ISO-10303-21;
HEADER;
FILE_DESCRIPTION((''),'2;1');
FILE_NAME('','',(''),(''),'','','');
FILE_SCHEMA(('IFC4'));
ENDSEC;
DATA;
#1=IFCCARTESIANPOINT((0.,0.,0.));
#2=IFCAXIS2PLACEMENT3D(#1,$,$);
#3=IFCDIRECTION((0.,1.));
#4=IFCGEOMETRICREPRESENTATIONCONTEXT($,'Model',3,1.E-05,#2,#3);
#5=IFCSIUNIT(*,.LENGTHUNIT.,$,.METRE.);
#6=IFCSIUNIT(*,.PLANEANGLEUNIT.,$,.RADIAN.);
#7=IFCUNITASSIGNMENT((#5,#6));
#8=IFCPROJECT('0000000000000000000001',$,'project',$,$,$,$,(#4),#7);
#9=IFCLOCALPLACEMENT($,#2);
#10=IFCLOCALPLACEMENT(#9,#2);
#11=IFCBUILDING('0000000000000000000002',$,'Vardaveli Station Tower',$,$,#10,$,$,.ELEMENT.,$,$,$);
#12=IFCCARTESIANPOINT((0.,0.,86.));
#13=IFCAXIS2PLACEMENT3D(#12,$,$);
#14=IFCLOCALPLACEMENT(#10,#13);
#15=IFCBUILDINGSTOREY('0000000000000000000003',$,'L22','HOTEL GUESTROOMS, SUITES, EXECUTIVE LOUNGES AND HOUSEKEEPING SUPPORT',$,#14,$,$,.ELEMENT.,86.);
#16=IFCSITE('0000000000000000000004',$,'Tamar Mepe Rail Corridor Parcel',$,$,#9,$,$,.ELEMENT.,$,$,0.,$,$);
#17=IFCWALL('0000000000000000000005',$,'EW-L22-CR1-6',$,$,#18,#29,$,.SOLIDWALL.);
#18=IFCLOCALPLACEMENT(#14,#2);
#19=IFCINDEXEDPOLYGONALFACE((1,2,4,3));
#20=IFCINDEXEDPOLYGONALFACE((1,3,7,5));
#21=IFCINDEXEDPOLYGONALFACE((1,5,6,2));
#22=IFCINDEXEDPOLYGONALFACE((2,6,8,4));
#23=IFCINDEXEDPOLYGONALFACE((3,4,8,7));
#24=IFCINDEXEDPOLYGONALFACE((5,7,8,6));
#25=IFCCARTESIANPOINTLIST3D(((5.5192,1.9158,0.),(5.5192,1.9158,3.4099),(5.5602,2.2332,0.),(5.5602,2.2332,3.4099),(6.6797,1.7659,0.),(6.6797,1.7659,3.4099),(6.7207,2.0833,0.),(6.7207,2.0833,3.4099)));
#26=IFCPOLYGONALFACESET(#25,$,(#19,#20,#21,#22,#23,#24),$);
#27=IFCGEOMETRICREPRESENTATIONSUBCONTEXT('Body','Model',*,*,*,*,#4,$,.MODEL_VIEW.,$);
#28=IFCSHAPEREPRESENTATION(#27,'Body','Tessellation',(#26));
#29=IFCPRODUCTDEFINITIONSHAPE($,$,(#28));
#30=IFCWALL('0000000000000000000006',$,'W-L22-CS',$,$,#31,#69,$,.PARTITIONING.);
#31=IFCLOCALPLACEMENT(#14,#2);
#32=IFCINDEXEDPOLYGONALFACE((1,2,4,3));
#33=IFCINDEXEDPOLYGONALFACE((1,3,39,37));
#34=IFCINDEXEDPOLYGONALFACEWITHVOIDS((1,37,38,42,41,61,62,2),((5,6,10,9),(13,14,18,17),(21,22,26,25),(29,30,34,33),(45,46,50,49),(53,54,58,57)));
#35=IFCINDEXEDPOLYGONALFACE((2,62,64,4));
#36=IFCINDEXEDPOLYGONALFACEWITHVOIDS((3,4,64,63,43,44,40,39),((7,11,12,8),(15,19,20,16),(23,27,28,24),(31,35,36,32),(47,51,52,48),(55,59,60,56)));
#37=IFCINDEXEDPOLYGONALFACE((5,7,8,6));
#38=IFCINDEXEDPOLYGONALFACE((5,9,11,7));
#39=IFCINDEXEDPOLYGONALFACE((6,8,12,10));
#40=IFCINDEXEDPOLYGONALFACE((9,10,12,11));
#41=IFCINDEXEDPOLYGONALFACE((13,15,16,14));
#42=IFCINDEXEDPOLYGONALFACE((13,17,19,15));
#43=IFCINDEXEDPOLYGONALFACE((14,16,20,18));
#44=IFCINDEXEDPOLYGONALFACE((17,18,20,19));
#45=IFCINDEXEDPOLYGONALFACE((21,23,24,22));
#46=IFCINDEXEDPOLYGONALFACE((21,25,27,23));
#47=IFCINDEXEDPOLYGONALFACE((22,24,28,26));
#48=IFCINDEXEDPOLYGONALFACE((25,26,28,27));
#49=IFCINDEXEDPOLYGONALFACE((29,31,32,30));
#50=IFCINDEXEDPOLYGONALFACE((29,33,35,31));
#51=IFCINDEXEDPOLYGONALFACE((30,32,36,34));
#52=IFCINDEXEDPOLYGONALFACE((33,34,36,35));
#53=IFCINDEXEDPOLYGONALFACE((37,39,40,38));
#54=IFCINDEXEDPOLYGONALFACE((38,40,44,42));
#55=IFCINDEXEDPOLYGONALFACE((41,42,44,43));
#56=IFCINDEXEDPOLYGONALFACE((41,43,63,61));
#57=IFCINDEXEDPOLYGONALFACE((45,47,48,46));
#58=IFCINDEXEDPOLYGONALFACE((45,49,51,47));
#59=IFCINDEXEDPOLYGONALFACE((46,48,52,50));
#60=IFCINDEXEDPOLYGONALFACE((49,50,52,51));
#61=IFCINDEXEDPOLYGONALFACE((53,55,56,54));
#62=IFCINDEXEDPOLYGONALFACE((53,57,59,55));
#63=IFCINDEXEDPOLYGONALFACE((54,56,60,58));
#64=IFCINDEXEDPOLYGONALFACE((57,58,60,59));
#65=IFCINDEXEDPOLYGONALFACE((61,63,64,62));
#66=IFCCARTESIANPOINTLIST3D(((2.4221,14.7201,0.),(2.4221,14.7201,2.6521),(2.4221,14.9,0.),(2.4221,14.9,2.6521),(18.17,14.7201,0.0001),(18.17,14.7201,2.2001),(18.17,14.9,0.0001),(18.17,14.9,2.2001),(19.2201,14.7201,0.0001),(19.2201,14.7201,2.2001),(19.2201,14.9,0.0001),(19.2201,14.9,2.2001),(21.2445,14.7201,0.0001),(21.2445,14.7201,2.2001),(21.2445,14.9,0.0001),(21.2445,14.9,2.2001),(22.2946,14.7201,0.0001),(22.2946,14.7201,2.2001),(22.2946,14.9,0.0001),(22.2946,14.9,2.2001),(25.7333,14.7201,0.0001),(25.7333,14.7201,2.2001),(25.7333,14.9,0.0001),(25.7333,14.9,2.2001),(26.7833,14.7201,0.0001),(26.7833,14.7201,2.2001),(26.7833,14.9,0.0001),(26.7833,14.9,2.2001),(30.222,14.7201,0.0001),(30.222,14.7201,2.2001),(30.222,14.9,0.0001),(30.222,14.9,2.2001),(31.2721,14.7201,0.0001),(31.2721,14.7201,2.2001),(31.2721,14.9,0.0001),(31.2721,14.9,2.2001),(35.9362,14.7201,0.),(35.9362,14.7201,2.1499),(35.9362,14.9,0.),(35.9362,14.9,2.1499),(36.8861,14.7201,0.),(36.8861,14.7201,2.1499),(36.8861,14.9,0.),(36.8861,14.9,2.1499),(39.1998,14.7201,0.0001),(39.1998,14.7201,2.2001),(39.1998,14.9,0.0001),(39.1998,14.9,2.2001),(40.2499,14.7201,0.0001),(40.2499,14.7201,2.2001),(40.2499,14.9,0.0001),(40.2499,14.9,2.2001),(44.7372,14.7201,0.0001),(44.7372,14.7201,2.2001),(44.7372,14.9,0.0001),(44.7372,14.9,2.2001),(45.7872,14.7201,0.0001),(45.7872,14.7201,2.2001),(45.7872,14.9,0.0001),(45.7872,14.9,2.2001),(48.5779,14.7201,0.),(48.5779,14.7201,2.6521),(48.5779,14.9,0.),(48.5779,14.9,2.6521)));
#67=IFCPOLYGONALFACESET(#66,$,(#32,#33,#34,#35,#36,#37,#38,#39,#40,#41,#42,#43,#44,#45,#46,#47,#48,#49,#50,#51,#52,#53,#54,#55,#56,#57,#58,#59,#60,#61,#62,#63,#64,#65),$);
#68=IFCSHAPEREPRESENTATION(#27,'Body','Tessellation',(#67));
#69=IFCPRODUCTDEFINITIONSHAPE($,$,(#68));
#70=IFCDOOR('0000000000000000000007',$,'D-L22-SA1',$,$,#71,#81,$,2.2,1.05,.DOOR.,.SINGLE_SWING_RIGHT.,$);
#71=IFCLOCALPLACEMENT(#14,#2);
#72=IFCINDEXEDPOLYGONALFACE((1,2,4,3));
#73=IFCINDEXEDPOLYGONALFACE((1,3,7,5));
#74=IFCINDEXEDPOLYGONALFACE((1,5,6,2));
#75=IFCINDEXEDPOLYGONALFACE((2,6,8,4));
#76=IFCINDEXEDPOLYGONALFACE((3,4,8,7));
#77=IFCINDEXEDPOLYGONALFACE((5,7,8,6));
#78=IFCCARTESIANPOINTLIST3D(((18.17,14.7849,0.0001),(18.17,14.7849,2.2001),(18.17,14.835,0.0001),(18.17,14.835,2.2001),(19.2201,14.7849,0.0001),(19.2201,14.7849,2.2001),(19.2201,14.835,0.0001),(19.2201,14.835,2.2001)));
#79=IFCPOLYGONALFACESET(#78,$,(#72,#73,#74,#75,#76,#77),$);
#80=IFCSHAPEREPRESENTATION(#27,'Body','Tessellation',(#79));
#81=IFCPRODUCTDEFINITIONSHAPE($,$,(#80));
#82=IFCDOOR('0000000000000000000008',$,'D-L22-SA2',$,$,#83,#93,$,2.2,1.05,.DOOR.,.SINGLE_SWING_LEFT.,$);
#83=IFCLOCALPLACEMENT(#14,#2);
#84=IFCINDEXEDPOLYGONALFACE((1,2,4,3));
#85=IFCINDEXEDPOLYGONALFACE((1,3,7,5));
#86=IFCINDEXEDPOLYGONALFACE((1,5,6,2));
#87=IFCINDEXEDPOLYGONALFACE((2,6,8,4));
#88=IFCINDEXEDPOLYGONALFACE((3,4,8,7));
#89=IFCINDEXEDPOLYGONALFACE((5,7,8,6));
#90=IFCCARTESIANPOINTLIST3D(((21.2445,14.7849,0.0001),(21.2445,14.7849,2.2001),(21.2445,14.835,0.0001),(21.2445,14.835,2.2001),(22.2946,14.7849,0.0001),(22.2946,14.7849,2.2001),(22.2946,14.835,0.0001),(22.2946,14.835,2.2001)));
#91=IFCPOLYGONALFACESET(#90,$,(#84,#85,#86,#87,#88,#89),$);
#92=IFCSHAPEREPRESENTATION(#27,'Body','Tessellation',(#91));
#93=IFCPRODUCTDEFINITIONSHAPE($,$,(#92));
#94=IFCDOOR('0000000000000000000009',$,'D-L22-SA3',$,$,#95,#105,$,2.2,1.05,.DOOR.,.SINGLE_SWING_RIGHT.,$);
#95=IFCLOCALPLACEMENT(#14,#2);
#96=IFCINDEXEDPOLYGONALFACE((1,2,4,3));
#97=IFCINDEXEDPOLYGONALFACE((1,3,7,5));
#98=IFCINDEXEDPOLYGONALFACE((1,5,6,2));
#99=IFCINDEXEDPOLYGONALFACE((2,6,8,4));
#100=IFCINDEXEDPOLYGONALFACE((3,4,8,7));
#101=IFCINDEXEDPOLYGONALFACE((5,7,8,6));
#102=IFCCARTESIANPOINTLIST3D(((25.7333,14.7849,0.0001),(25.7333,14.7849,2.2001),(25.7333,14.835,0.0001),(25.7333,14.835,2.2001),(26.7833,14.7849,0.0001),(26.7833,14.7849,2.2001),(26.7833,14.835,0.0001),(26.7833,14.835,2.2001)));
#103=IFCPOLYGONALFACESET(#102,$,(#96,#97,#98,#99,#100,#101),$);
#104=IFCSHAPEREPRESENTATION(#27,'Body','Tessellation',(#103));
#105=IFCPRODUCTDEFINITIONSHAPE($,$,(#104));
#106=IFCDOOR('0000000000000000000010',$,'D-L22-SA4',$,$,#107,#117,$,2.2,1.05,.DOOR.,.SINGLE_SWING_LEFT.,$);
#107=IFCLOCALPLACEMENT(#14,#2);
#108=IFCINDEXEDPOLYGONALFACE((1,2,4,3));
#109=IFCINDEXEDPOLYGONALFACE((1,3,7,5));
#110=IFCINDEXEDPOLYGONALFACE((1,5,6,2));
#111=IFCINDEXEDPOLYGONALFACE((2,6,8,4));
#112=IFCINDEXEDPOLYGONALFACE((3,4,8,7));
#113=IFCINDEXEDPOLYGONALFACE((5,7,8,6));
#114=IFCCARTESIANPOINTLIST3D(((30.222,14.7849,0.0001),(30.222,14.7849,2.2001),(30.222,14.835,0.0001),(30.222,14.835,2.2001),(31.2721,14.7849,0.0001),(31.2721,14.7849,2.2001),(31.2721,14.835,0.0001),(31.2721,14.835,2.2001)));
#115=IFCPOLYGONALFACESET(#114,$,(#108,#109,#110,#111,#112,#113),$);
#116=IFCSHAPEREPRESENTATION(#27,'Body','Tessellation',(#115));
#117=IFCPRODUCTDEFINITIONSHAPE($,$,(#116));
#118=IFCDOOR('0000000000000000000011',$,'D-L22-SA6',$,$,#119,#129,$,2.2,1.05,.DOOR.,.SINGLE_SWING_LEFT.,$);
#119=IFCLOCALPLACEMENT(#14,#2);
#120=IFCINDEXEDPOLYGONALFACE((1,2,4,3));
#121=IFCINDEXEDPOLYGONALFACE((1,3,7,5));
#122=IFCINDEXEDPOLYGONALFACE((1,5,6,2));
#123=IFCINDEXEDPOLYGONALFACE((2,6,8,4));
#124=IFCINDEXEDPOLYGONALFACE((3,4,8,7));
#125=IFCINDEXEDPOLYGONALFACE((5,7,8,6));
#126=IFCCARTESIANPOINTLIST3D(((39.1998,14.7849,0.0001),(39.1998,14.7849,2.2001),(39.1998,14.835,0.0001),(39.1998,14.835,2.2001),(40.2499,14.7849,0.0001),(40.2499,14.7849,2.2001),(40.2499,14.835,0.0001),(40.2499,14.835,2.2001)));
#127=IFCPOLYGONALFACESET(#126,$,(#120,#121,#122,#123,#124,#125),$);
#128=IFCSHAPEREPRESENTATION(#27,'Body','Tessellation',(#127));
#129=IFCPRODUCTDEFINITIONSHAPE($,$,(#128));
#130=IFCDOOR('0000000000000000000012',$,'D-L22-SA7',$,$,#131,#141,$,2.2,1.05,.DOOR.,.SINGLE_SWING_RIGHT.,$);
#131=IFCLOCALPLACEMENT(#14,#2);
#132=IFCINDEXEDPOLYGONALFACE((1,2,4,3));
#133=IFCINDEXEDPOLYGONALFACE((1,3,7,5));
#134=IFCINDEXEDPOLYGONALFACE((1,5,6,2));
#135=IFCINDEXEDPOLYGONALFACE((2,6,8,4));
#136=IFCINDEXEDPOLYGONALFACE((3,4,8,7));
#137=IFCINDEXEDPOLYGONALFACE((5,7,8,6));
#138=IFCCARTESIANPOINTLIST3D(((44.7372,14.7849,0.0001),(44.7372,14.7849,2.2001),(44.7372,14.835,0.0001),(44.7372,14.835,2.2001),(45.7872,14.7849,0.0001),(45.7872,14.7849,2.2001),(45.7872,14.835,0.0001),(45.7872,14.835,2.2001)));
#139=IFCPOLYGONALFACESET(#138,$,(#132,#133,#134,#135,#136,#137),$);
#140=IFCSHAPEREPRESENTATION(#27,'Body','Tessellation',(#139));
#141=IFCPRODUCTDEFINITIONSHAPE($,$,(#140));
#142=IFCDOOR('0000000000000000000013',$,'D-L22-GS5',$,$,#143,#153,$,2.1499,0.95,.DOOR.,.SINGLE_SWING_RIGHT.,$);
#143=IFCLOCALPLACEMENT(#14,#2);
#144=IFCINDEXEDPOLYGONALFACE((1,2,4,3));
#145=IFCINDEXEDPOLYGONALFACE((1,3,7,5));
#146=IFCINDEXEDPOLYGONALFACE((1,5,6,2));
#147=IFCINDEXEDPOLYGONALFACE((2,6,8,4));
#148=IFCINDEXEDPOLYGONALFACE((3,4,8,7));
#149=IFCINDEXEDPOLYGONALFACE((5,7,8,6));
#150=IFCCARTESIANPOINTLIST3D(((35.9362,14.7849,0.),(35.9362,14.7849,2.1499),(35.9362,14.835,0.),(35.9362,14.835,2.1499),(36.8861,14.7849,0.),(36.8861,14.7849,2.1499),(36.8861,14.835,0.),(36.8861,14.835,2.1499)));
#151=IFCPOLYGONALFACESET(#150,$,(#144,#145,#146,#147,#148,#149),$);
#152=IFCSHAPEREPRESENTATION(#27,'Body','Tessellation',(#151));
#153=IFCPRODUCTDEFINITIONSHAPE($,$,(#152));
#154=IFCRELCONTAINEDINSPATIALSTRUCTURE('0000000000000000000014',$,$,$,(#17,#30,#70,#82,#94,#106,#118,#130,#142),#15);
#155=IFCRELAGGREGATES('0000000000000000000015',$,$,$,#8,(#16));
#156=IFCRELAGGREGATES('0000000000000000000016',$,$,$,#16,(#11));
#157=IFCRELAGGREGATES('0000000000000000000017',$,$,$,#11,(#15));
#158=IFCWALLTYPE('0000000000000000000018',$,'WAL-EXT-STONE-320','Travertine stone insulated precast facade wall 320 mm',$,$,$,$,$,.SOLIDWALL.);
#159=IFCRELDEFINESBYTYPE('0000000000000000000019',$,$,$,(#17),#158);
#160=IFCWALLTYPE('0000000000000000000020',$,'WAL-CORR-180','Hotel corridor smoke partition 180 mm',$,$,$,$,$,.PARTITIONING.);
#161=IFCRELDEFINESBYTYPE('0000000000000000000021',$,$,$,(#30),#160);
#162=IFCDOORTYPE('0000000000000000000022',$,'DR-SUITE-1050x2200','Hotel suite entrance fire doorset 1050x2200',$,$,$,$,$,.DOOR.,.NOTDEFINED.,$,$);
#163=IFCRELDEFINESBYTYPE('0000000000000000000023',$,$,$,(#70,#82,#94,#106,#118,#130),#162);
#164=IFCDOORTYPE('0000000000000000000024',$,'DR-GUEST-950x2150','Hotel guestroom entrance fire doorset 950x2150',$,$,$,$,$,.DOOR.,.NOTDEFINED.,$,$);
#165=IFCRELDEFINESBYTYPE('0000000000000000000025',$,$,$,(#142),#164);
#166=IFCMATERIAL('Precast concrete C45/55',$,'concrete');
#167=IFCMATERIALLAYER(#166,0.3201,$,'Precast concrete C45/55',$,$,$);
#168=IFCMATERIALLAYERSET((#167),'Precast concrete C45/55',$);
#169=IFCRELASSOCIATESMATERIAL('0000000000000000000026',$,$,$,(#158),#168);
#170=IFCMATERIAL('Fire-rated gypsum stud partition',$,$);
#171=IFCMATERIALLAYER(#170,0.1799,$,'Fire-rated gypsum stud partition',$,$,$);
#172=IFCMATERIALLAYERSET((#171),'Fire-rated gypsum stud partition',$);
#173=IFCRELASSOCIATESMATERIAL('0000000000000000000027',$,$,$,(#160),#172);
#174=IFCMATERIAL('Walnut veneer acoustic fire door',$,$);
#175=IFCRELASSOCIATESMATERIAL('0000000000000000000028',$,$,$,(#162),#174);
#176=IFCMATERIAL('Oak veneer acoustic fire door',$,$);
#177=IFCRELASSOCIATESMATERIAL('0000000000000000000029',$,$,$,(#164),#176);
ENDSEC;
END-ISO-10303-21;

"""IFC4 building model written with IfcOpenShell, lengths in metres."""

from ifc_helpers import new_model, si_unit, direction, frame, frame_2d, origin, place, context, subcontext, project, spatial, rectangle, extrude, source, transform, mapped, material, layer, layer_set, type_object, element, fill, save


model = new_model("IFC4")

# Units and contexts
model_context = context("Model", 3, precision=1e-05, world=origin(), true_north=direction((0.0, 1.0)))
body_context = subcontext(model_context, "Body", "Model", "MODEL_VIEW")
ifc_project = project(units=[si_unit("LENGTHUNIT", "METRE"), si_unit("PLANEANGLEUNIT", "RADIAN")], contexts=[model_context])

# Site, building, storey
site_placement = place(None, origin())
site = spatial("IfcSite", under=ifc_project, at=site_placement, Name="Tamar Mepe Rail Corridor Parcel", CompositionType="ELEMENT", RefElevation=0.0)
building_placement = place(site_placement, origin())
building = spatial("IfcBuilding", under=site, at=building_placement, Name="Vardaveli Station Tower", CompositionType="ELEMENT")
storey_placement = place(building_placement, frame((0.0, 0.0, 86.0)))
storey = spatial("IfcBuildingStorey", under=building, at=storey_placement, Name="L22", Description="HOTEL GUESTROOMS, SUITES, EXECUTIVE LOUNGES AND HOUSEKEEPING SUPPORT", CompositionType="ELEMENT", Elevation=86.0)

# Shared definitions
ifc_material_1 = material(Name="Precast concrete C45/55", Category="concrete")

# Shared definitions
ifc_layer_1 = layer(ifc_material_1, 0.3201, Name="Precast concrete C45/55")
ifc_layer_set_1 = layer_set([ifc_layer_1], Name="Precast concrete C45/55")
wall_type_1 = type_object("IfcWallType", Name="WAL-EXT-STONE-320", Description="Travertine stone insulated precast facade wall 320 mm", PredefinedType="SOLIDWALL", material=ifc_layer_set_1)

# Wall
shared_shape_1 = source(origin(), body_context, "Body", "SweptSolid", [
    extrude(rectangle(XDim=1.1702, YDim=0.3201, at=frame_2d((0.585, 0.0))), origin(), (0.0, 0.0, 1.0), 3.4099),
])
wall_1_placement = place(storey_placement, frame((5.5398, 2.0745, 0.0), z_axis=(0.0, 0.0, 1.0), x_axis=(0.991762, -0.12809, 0.0)))
element("IfcWall", 1, at=wall_1_placement, inside=storey, type_object=wall_type_1, Name="EW-L22-CR1-6", PredefinedType="SOLIDWALL", context=body_context, shape_type="MappedRepresentation", body=[
    mapped(shared_shape_1, transform((0.0, 0.0, 0.0), scale=1.0)),
])

# Wall, openings, doors
ifc_material_2 = material(Name="Fire-rated gypsum stud partition")
ifc_layer_2 = layer(ifc_material_2, 0.1799, Name="Fire-rated gypsum stud partition")
ifc_layer_set_2 = layer_set([ifc_layer_2], Name="Fire-rated gypsum stud partition")
wall_type_2 = type_object("IfcWallType", Name="WAL-CORR-180", Description="Hotel corridor smoke partition 180 mm", PredefinedType="PARTITIONING", material=ifc_layer_set_2)
shared_shape_2 = source(origin(), body_context, "Body", "SweptSolid", [
    extrude(rectangle(XDim=46.1558, YDim=0.1799, at=frame_2d((23.0779, 0.0))), origin(), (0.0, 0.0, 1.0), 2.6521),
])
wall_2_placement = place(storey_placement, frame((2.4221, 14.8101, 0.0), z_axis=(0.0, 0.0, 1.0), x_axis=(1.0, 0.0, 0.0)))
wall_2 = element("IfcWall", 2, at=wall_2_placement, inside=storey, type_object=wall_type_2, Name="W-L22-CS", PredefinedType="PARTITIONING", context=body_context, shape_type="MappedRepresentation", body=[
    mapped(shared_shape_2, transform((0.0, 0.0, 0.0), scale=1.0)),
])
shared_shape_3 = source(origin(), body_context, "Body", "SweptSolid", [
    extrude(rectangle(XDim=1.05, YDim=2.2, at=frame_2d((0.5249, 1.1001))), frame((0.0, 0.1001, 0.0), z_axis=(0.0, -1.0, 0.0), x_axis=(1.0, 0.0, 0.0)), (0.0, 0.0, 1.0), 0.2),
])
opening_1_placement = place(wall_2_placement, frame((15.748, 0.0, 0.0)))
opening_1 = element("IfcOpeningElement", 3, at=opening_1_placement, cuts=wall_2, PredefinedType="OPENING", context=body_context, shape_type="MappedRepresentation", body=[
    mapped(shared_shape_3, transform((0.0, 0.0, 0.0), scale=1.0)),
])
opening_2_placement = place(wall_2_placement, frame((18.8225, 0.0, 0.0)))
opening_2 = element("IfcOpeningElement", 4, at=opening_2_placement, cuts=wall_2, PredefinedType="OPENING", context=body_context, shape_type="MappedRepresentation", body=[
    mapped(shared_shape_3, transform((0.0, 0.0, 0.0), scale=1.0)),
])
opening_3_placement = place(wall_2_placement, frame((23.3113, 0.0, 0.0)))
opening_3 = element("IfcOpeningElement", 5, at=opening_3_placement, cuts=wall_2, PredefinedType="OPENING", context=body_context, shape_type="MappedRepresentation", body=[
    mapped(shared_shape_3, transform((0.0, 0.0, 0.0), scale=1.0)),
])
opening_4_placement = place(wall_2_placement, frame((27.8, 0.0, 0.0)))
opening_4 = element("IfcOpeningElement", 6, at=opening_4_placement, cuts=wall_2, PredefinedType="OPENING", context=body_context, shape_type="MappedRepresentation", body=[
    mapped(shared_shape_3, transform((0.0, 0.0, 0.0), scale=1.0)),
])
shared_shape_4 = source(origin(), body_context, "Body", "SweptSolid", [
    extrude(rectangle(XDim=0.95, YDim=2.1499, at=frame_2d((0.4751, 1.075))), frame((0.0, 0.1001, 0.0), z_axis=(0.0, -1.0, 0.0), x_axis=(1.0, 0.0, 0.0)), (0.0, 0.0, 1.0), 0.2),
])
opening_5_placement = place(wall_2_placement, frame((33.5139, 0.0, 0.0)))
opening_5 = element("IfcOpeningElement", 7, at=opening_5_placement, cuts=wall_2, PredefinedType="OPENING", context=body_context, shape_type="MappedRepresentation", body=[
    mapped(shared_shape_4, transform((0.0, 0.0, 0.0), scale=1.0)),
])
opening_6_placement = place(wall_2_placement, frame((36.7778, 0.0, 0.0)))
opening_6 = element("IfcOpeningElement", 8, at=opening_6_placement, cuts=wall_2, PredefinedType="OPENING", context=body_context, shape_type="MappedRepresentation", body=[
    mapped(shared_shape_3, transform((0.0, 0.0, 0.0), scale=1.0)),
])
opening_7_placement = place(wall_2_placement, frame((42.3152, 0.0, 0.0)))
opening_7 = element("IfcOpeningElement", 9, at=opening_7_placement, cuts=wall_2, PredefinedType="OPENING", context=body_context, shape_type="MappedRepresentation", body=[
    mapped(shared_shape_3, transform((0.0, 0.0, 0.0), scale=1.0)),
])
ifc_material_3 = material(Name="Walnut veneer acoustic fire door")
door_type_1 = type_object("IfcDoorType", Name="DR-SUITE-1050x2200", Description="Hotel suite entrance fire doorset 1050x2200", OperationType="NOTDEFINED", PredefinedType="DOOR", material=ifc_material_3)
shared_shape_5 = source(origin(), body_context, "Body", "SweptSolid", [
    extrude(rectangle(XDim=1.05, YDim=2.2, at=frame_2d((0.5249, 1.1001))), frame((0.0, 0.0249, 0.0), z_axis=(0.0, -1.0, 0.0), x_axis=(1.0, 0.0, 0.0)), (0.0, 0.0, 1.0), 0.05),
])
door_1_placement = place(opening_1_placement, origin())
door_1 = element("IfcDoor", 10, at=door_1_placement, inside=storey, type_object=door_type_1, Name="D-L22-SA1", OperationType="SINGLE_SWING_RIGHT", OverallHeight=2.2, OverallWidth=1.05, PredefinedType="DOOR", context=body_context, shape_type="MappedRepresentation", body=[
    mapped(shared_shape_5, transform((0.0, 0.0, 0.0), scale=1.0)),
])
fill(opening_1, door_1)
door_2_placement = place(opening_2_placement, origin())
door_2 = element("IfcDoor", 11, at=door_2_placement, inside=storey, type_object=door_type_1, Name="D-L22-SA2", OperationType="SINGLE_SWING_LEFT", OverallHeight=2.2, OverallWidth=1.05, PredefinedType="DOOR", context=body_context, shape_type="MappedRepresentation", body=[
    mapped(shared_shape_5, transform((0.0, 0.0, 0.0), scale=1.0)),
])
fill(opening_2, door_2)
door_3_placement = place(opening_3_placement, origin())
door_3 = element("IfcDoor", 12, at=door_3_placement, inside=storey, type_object=door_type_1, Name="D-L22-SA3", OperationType="SINGLE_SWING_RIGHT", OverallHeight=2.2, OverallWidth=1.05, PredefinedType="DOOR", context=body_context, shape_type="MappedRepresentation", body=[
    mapped(shared_shape_5, transform((0.0, 0.0, 0.0), scale=1.0)),
])
fill(opening_3, door_3)
door_4_placement = place(opening_4_placement, origin())
door_4 = element("IfcDoor", 13, at=door_4_placement, inside=storey, type_object=door_type_1, Name="D-L22-SA4", OperationType="SINGLE_SWING_LEFT", OverallHeight=2.2, OverallWidth=1.05, PredefinedType="DOOR", context=body_context, shape_type="MappedRepresentation", body=[
    mapped(shared_shape_5, transform((0.0, 0.0, 0.0), scale=1.0)),
])
fill(opening_4, door_4)
door_5_placement = place(opening_6_placement, origin())
door_5 = element("IfcDoor", 14, at=door_5_placement, inside=storey, type_object=door_type_1, Name="D-L22-SA6", OperationType="SINGLE_SWING_LEFT", OverallHeight=2.2, OverallWidth=1.05, PredefinedType="DOOR", context=body_context, shape_type="MappedRepresentation", body=[
    mapped(shared_shape_5, transform((0.0, 0.0, 0.0), scale=1.0)),
])
fill(opening_6, door_5)
door_6_placement = place(opening_7_placement, origin())
door_6 = element("IfcDoor", 15, at=door_6_placement, inside=storey, type_object=door_type_1, Name="D-L22-SA7", OperationType="SINGLE_SWING_RIGHT", OverallHeight=2.2, OverallWidth=1.05, PredefinedType="DOOR", context=body_context, shape_type="MappedRepresentation", body=[
    mapped(shared_shape_5, transform((0.0, 0.0, 0.0), scale=1.0)),
])
fill(opening_7, door_6)
ifc_material_4 = material(Name="Oak veneer acoustic fire door")
door_type_2 = type_object("IfcDoorType", Name="DR-GUEST-950x2150", Description="Hotel guestroom entrance fire doorset 950x2150", OperationType="NOTDEFINED", PredefinedType="DOOR", material=ifc_material_4)
shared_shape_6 = source(origin(), body_context, "Body", "SweptSolid", [
    extrude(rectangle(XDim=0.95, YDim=2.1499, at=frame_2d((0.4751, 1.075))), frame((0.0, 0.0249, 0.0), z_axis=(0.0, -1.0, 0.0), x_axis=(1.0, 0.0, 0.0)), (0.0, 0.0, 1.0), 0.05),
])
door_7_placement = place(opening_5_placement, origin())
door_7 = element("IfcDoor", 16, at=door_7_placement, inside=storey, type_object=door_type_2, Name="D-L22-GS5", OperationType="SINGLE_SWING_RIGHT", OverallHeight=2.1499, OverallWidth=0.95, PredefinedType="DOOR", context=body_context, shape_type="MappedRepresentation", body=[
    mapped(shared_shape_6, transform((0.0, 0.0, 0.0), scale=1.0)),
])
fill(opening_5, door_7)

save(model, "model.ifc")
